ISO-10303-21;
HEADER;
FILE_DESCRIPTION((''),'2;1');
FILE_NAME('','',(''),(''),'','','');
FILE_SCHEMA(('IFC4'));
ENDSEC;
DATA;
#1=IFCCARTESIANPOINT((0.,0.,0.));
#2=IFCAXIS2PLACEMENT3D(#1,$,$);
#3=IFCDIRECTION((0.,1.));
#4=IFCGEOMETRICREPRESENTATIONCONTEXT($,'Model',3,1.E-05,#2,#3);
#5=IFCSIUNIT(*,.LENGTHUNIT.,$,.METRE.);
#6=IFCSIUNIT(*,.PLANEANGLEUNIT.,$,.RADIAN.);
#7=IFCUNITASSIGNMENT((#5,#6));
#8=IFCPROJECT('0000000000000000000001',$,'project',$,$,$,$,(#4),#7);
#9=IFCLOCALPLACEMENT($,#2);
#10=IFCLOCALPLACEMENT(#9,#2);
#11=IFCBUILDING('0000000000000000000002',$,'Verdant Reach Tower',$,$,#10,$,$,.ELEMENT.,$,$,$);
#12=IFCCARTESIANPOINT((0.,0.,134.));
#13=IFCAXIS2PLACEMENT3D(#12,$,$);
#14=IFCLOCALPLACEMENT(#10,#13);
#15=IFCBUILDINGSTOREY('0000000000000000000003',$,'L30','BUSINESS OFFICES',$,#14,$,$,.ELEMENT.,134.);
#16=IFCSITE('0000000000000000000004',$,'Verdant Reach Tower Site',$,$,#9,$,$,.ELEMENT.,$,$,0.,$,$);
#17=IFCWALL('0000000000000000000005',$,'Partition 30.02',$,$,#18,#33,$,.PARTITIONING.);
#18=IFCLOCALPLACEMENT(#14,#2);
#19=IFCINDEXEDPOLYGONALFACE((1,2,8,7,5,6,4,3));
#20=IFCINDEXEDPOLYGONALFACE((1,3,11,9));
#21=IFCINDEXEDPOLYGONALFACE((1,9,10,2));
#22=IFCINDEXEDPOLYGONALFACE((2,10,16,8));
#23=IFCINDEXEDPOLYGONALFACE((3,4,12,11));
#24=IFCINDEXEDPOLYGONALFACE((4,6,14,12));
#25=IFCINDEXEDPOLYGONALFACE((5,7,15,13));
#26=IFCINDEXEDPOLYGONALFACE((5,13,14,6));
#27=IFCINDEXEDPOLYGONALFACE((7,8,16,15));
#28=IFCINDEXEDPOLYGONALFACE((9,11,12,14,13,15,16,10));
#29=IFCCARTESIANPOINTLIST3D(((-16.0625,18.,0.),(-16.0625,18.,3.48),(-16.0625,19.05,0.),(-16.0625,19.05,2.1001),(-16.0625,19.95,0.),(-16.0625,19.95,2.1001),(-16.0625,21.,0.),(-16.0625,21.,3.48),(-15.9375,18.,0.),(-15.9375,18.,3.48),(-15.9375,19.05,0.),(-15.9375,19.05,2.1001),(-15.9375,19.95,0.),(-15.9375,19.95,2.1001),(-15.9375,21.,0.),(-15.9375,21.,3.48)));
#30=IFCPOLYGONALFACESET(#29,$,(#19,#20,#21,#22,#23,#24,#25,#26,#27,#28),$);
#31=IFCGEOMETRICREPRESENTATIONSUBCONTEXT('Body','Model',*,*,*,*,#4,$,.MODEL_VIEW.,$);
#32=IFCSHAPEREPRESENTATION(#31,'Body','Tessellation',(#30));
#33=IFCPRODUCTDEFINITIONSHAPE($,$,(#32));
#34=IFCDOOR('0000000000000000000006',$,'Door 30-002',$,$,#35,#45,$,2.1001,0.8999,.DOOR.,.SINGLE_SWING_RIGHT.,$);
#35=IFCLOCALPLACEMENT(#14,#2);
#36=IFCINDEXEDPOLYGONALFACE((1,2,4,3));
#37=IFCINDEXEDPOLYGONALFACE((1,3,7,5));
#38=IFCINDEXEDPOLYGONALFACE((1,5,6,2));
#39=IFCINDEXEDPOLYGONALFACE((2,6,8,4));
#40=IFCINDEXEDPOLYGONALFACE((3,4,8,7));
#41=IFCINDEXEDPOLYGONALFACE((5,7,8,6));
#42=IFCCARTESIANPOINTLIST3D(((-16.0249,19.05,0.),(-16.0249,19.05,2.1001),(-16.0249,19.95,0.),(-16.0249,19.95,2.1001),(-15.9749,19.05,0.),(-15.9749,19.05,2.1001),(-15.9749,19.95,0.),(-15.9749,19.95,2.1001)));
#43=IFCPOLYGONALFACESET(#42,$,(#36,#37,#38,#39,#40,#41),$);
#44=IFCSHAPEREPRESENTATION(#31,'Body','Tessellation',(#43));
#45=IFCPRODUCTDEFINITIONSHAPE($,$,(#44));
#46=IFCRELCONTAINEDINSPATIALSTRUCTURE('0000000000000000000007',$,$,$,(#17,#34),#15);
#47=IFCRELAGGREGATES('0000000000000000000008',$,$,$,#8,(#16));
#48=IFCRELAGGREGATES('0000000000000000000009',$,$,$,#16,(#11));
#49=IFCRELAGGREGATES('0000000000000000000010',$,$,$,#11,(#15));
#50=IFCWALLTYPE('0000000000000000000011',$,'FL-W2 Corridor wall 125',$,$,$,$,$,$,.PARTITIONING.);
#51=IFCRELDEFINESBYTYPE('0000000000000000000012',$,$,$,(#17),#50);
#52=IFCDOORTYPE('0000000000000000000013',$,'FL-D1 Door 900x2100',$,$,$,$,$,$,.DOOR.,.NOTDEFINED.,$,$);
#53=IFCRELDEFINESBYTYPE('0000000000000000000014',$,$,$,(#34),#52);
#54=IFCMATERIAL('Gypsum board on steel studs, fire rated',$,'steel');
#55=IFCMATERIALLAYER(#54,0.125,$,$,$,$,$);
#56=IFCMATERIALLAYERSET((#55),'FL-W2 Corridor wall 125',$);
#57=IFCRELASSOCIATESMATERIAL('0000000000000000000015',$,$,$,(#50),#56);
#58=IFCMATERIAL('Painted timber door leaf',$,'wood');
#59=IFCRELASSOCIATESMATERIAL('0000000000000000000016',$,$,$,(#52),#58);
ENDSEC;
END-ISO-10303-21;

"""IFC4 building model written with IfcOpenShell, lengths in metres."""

from ifc_helpers import new_model, si_unit, direction, frame, frame_2d, origin, place, context, subcontext, project, spatial, rectangle, extrude, material, layer, layer_set, type_object, element, fill, save


model = new_model("IFC4")

# Units and contexts
model_context = context("Model", 3, precision=1e-05, world=origin(), true_north=direction((0.0, 1.0)))
body_context = subcontext(model_context, "Body", "Model", "MODEL_VIEW")
ifc_project = project(units=[si_unit("LENGTHUNIT", "METRE"), si_unit("PLANEANGLEUNIT", "RADIAN")], contexts=[model_context])

# Site, building, storey
site_placement = place(None, origin())
site = spatial("IfcSite", under=ifc_project, at=site_placement, Name="Verdant Reach Tower Site", CompositionType="ELEMENT", RefElevation=0.0)
building_placement = place(site_placement, origin())
building = spatial("IfcBuilding", under=site, at=building_placement, Name="Verdant Reach Tower", CompositionType="ELEMENT")
storey_placement = place(building_placement, frame((0.0, 0.0, 134.0)))
storey = spatial("IfcBuildingStorey", under=building, at=storey_placement, Name="L30", Description="BUSINESS OFFICES", CompositionType="ELEMENT", Elevation=134.0)

# Wall, opening, door
ifc_material_1 = material(Name="Gypsum board on steel studs, fire rated", Category="steel")
ifc_layer_1 = layer(ifc_material_1, 0.125)
ifc_layer_set_1 = layer_set([ifc_layer_1], Name="FL-W2 Corridor wall 125")
wall_type_1 = type_object("IfcWallType", Name="FL-W2 Corridor wall 125", PredefinedType="PARTITIONING", material=ifc_layer_set_1)
wall_1_placement = place(storey_placement, frame((-16.0, 18.0, 0.0), z_axis=(0.0, 0.0, 1.0), x_axis=(0.0, 1.0, 0.0)))
wall_1 = element("IfcWall", 1, at=wall_1_placement, inside=storey, type_object=wall_type_1, Name="Partition 30.02", PredefinedType="PARTITIONING", context=body_context, shape_type="SweptSolid", body=[
    extrude(rectangle(XDim=3.0, YDim=0.125, at=frame_2d((1.5, 0.0))), origin(), (0.0, 0.0, 1.0), 3.48),
])
opening_1_placement = place(wall_1_placement, frame((1.05, 0.0, 0.0)))
opening_1 = element("IfcOpeningElement", 2, at=opening_1_placement, cuts=wall_1, PredefinedType="OPENING", context=body_context, shape_type="SweptSolid", body=[
    extrude(rectangle(XDim=0.8999, YDim=2.1001, at=frame_2d((0.45, 1.05))), frame((0.0, 0.0725, 0.0), z_axis=(0.0, -1.0, 0.0), x_axis=(1.0, 0.0, 0.0)), (0.0, 0.0, 1.0), 0.145),
])
ifc_material_2 = material(Name="Painted timber door leaf", Category="wood")
door_type_1 = type_object("IfcDoorType", Name="FL-D1 Door 900x2100", OperationType="NOTDEFINED", PredefinedType="DOOR", material=ifc_material_2)
door_1_placement = place(opening_1_placement, origin())
door_1 = element("IfcDoor", 3, at=door_1_placement, inside=storey, type_object=door_type_1, Name="Door 30-002", OperationType="SINGLE_SWING_RIGHT", OverallHeight=2.1001, OverallWidth=0.8999, PredefinedType="DOOR", context=body_context, shape_type="SweptSolid", body=[
    extrude(rectangle(XDim=0.8999, YDim=2.1001, at=frame_2d((0.45, 1.05))), frame((0.0, 0.0249, 0.0), z_axis=(0.0, -1.0, 0.0), x_axis=(1.0, 0.0, 0.0)), (0.0, 0.0, 1.0), 0.05),
])
fill(opening_1, door_1)

save(model, "model.ifc")
